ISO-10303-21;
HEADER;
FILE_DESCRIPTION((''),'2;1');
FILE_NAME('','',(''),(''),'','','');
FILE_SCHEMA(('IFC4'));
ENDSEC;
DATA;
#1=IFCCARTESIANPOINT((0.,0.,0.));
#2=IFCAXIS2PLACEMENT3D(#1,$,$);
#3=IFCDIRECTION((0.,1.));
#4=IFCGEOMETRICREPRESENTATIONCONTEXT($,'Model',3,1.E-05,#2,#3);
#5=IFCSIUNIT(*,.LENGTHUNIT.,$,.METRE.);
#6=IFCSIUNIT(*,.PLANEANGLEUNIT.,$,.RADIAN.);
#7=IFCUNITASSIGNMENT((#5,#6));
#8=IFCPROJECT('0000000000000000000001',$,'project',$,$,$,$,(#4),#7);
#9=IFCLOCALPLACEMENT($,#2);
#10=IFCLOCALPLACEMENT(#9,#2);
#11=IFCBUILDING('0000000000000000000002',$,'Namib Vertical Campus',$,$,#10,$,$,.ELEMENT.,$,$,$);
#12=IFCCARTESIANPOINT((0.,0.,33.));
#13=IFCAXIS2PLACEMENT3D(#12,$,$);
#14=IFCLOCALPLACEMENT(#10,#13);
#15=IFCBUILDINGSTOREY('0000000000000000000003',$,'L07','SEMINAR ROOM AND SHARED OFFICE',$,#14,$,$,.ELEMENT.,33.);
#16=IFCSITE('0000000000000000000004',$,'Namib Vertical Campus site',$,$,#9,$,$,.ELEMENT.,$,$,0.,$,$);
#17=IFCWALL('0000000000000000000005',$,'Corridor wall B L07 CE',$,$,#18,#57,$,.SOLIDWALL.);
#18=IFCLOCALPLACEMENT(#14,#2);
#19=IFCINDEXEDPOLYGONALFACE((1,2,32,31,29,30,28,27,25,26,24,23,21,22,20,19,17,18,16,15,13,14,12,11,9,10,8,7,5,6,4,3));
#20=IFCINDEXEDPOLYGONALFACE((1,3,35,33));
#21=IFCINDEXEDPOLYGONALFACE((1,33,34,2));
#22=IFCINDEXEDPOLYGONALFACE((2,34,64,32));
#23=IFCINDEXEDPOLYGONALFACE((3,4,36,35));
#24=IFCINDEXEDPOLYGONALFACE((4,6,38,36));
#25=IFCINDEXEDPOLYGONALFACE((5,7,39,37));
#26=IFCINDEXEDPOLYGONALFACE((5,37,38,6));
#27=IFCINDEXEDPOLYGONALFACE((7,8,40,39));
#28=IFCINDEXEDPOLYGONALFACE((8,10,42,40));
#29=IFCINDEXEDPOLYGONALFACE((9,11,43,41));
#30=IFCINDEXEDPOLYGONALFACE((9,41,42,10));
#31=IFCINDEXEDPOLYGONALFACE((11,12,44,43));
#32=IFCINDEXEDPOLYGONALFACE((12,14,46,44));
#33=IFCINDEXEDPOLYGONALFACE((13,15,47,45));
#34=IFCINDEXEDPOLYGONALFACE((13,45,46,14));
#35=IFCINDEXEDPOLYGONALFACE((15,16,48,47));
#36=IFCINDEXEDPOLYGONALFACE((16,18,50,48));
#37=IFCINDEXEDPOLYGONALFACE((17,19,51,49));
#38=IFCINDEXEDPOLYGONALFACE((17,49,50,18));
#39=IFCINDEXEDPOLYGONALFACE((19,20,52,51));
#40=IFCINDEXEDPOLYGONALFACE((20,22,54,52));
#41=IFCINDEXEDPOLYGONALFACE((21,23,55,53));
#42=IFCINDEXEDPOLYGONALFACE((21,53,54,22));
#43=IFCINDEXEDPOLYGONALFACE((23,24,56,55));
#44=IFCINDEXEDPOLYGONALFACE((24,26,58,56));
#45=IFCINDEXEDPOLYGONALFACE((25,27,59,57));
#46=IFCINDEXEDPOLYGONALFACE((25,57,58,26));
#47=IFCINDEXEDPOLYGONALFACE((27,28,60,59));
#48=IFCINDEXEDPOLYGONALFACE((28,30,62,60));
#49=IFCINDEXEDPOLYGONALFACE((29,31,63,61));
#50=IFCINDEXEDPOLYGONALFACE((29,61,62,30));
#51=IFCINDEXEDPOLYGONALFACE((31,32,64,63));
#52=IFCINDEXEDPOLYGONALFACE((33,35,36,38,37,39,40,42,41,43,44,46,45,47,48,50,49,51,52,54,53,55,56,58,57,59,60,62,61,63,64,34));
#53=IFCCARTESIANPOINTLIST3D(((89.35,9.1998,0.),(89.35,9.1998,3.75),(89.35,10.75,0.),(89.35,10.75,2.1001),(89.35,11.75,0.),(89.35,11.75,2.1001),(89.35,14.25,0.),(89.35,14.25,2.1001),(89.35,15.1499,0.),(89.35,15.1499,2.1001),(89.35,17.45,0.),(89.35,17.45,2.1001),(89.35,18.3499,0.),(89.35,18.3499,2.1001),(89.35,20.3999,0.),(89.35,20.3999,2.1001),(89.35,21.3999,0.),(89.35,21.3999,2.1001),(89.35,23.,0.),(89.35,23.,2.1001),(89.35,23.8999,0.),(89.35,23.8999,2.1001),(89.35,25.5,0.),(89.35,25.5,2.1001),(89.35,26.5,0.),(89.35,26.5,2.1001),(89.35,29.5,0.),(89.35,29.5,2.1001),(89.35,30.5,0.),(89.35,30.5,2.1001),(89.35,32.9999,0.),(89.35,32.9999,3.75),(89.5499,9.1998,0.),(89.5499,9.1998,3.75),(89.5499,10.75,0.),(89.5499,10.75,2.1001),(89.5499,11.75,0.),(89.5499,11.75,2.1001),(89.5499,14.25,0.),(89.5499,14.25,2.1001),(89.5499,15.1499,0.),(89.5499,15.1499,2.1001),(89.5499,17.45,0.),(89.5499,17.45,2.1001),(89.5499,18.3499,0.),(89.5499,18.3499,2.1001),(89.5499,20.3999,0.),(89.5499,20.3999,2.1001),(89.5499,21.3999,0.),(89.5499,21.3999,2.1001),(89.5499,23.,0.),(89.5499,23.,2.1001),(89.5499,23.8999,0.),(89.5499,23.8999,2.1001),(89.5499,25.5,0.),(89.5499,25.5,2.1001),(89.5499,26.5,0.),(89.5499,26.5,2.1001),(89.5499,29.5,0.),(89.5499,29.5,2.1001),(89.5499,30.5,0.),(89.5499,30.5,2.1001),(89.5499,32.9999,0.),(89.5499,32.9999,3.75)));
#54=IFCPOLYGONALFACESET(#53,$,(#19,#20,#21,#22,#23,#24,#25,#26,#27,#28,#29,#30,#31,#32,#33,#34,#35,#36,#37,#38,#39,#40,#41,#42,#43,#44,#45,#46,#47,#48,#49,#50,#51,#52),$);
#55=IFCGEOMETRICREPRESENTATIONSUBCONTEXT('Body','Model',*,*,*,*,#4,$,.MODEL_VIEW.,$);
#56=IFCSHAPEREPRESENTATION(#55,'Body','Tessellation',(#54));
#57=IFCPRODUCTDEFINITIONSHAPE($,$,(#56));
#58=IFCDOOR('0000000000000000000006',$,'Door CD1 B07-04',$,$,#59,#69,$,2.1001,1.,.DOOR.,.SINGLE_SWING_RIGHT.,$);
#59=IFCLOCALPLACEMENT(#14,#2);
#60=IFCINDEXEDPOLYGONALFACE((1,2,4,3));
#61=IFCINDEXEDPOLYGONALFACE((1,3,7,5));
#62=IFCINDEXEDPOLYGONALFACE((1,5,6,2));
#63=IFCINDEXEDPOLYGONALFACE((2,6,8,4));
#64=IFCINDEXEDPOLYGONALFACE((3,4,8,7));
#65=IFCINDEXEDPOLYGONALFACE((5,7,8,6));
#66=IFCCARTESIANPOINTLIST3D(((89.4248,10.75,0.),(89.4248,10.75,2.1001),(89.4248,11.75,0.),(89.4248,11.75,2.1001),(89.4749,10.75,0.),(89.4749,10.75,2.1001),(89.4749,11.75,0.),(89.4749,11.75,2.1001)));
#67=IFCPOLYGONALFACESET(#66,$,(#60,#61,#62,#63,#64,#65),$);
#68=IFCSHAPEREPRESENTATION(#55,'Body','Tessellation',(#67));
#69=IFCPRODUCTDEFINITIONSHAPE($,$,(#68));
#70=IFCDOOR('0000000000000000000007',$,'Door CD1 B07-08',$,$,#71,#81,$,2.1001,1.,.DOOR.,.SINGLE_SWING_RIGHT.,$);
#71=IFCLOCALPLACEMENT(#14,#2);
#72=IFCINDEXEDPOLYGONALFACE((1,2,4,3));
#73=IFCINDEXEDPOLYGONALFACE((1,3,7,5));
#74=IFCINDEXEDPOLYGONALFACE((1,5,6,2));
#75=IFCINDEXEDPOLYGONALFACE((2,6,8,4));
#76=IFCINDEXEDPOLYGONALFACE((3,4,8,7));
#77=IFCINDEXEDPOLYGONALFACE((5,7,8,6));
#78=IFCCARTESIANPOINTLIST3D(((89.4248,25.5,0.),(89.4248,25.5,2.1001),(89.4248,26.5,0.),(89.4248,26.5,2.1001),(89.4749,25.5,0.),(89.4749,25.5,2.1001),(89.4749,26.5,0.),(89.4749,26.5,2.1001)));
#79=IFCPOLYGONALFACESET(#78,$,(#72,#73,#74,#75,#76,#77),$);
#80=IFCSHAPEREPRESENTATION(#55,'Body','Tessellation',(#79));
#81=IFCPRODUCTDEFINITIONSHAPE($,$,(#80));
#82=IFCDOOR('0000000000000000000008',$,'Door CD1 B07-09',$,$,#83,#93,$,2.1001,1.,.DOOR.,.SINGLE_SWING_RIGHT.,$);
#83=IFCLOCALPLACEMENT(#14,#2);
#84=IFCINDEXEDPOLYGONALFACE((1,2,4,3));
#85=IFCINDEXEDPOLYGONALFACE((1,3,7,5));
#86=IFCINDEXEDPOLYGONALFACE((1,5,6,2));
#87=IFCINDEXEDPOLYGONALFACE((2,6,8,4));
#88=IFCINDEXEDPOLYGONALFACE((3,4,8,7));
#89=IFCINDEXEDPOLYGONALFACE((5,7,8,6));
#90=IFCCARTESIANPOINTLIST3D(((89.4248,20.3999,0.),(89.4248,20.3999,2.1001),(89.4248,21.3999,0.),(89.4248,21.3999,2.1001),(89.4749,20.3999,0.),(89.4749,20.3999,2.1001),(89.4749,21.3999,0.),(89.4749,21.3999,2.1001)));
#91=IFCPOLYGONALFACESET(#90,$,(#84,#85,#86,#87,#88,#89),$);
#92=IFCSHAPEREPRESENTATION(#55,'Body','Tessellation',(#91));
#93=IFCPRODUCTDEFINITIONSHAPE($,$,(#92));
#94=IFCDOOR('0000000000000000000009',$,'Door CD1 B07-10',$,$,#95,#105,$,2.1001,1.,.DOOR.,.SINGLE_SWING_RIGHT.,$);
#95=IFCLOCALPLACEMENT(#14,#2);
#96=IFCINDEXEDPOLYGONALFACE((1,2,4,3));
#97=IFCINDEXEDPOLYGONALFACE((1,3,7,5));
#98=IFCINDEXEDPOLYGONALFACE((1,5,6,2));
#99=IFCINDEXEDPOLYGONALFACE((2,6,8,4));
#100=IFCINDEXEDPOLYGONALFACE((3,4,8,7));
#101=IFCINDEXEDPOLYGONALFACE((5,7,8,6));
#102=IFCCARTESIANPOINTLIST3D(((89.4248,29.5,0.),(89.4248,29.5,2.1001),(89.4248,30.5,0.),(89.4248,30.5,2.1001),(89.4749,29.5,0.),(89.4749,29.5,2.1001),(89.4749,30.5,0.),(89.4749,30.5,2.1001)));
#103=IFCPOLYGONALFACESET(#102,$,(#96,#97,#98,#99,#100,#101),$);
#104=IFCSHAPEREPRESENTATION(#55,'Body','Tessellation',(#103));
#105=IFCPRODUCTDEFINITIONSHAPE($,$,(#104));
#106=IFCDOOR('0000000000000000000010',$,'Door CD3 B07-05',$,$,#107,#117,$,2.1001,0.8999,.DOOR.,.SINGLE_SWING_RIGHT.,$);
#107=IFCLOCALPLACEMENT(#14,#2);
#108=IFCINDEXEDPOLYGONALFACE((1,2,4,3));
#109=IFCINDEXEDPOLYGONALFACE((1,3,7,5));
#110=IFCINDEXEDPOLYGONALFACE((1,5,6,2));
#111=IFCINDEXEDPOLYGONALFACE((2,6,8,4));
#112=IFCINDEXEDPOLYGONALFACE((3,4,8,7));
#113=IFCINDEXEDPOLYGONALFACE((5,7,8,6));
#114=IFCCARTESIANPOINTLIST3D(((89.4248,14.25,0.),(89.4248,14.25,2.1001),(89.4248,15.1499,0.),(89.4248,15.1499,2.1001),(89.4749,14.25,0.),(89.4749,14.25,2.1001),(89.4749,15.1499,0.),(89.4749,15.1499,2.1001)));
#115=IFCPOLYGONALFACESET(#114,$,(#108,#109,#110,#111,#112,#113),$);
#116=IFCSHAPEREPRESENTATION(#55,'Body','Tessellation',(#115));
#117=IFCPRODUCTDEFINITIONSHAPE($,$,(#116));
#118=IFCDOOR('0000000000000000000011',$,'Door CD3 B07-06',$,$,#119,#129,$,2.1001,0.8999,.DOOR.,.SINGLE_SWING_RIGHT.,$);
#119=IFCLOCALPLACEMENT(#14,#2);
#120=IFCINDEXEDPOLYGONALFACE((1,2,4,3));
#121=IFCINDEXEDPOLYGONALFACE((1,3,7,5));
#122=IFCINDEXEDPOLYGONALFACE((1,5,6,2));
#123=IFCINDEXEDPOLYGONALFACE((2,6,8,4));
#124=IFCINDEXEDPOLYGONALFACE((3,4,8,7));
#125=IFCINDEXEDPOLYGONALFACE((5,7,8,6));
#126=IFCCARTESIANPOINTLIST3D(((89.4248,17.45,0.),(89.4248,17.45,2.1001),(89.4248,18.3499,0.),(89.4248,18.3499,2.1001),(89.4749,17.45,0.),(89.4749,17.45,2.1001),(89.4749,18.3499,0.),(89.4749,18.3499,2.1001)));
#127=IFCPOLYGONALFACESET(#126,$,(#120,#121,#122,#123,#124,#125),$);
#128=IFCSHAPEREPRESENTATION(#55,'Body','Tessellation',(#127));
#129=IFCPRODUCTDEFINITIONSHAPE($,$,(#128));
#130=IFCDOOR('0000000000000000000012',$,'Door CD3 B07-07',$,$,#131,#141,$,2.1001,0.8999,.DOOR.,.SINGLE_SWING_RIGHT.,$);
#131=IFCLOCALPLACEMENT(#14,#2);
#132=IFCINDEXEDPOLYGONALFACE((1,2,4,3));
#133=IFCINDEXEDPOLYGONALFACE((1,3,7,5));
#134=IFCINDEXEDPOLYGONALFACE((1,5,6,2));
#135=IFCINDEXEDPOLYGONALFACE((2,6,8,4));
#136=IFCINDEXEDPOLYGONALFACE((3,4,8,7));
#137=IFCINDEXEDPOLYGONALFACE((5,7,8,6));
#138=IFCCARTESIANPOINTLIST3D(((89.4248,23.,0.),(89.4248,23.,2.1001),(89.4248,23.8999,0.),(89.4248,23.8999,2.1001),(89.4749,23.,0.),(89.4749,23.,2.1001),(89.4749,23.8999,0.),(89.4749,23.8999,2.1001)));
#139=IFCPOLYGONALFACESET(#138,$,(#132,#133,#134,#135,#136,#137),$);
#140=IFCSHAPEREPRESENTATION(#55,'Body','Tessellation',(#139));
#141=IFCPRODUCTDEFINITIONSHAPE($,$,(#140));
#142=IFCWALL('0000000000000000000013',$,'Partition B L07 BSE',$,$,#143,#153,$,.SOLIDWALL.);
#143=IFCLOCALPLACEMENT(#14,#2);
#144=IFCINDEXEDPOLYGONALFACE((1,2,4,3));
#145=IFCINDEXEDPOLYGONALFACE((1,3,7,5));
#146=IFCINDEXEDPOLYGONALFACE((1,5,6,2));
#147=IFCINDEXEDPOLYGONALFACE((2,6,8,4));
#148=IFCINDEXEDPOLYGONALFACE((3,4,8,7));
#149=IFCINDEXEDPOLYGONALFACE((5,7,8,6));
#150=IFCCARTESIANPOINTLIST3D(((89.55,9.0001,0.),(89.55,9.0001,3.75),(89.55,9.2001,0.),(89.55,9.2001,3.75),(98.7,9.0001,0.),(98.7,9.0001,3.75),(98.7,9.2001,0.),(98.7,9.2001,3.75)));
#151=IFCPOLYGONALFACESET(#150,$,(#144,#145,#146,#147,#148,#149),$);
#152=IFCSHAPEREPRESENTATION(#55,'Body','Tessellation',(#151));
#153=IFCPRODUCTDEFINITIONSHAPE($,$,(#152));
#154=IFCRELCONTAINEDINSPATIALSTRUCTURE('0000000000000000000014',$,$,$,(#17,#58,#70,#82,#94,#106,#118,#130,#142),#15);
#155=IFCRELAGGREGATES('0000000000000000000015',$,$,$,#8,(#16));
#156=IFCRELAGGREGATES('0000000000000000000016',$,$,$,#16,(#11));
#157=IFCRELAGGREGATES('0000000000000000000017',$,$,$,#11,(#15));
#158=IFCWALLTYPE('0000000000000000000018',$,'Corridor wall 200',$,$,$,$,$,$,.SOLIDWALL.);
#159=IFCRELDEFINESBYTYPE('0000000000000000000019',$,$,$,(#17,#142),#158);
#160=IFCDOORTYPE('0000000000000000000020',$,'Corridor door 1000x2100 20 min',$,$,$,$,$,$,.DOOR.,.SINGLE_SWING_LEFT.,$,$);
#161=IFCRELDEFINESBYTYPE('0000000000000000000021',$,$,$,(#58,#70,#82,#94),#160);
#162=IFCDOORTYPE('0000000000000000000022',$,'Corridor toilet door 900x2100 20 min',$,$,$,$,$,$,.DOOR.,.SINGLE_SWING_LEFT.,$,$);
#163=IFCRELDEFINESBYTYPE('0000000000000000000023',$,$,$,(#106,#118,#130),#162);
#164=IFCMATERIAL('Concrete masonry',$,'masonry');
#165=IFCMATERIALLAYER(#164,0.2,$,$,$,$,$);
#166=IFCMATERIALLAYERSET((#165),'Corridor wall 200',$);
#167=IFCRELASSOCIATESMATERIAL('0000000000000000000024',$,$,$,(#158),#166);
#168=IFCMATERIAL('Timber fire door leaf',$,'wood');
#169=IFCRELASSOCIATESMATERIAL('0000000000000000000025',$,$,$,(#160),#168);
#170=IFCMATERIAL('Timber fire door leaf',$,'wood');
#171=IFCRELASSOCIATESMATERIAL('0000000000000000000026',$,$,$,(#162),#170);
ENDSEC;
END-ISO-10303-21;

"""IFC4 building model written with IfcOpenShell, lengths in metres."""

from ifc_helpers import new_model, si_unit, direction, frame, frame_2d, origin, place, context, subcontext, project, spatial, rectangle, extrude, material, layer, layer_set, type_object, element, fill, save


model = new_model("IFC4")

# Units and contexts
model_context = context("Model", 3, precision=1e-05, world=origin(), true_north=direction((0.0, 1.0)))
body_context = subcontext(model_context, "Body", "Model", "MODEL_VIEW")
ifc_project = project(units=[si_unit("LENGTHUNIT", "METRE"), si_unit("PLANEANGLEUNIT", "RADIAN")], contexts=[model_context])

# Site, building, storey
site_placement = place(None, origin())
site = spatial("IfcSite", under=ifc_project, at=site_placement, Name="Namib Vertical Campus site", CompositionType="ELEMENT", RefElevation=0.0)
building_placement = place(site_placement, origin())
building = spatial("IfcBuilding", under=site, at=building_placement, Name="Namib Vertical Campus", CompositionType="ELEMENT")
storey_placement = place(building_placement, frame((0.0, 0.0, 33.0)))
storey = spatial("IfcBuildingStorey", under=building, at=storey_placement, Name="L07", Description="SEMINAR ROOM AND SHARED OFFICE", CompositionType="ELEMENT", Elevation=33.0)

# Wall, openings, doors
ifc_material_1 = material(Name="Concrete masonry", Category="masonry")
ifc_layer_1 = layer(ifc_material_1, 0.2)
ifc_layer_set_1 = layer_set([ifc_layer_1], Name="Corridor wall 200")
wall_type_1 = type_object("IfcWallType", Name="Corridor wall 200", PredefinedType="SOLIDWALL", material=ifc_layer_set_1)
wall_1_placement = place(storey_placement, frame((89.45, 9.2, 0.0), z_axis=(0.0, 0.0, 1.0), x_axis=(0.0, 1.0, 0.0)))
wall_1 = element("IfcWall", 1, at=wall_1_placement, inside=storey, type_object=wall_type_1, Name="Corridor wall B L07 CE", PredefinedType="SOLIDWALL", context=body_context, shape_type="SweptSolid", body=[
    extrude(rectangle(XDim=23.8, YDim=0.2, at=frame_2d((11.8999, 0.0))), origin(), (0.0, 0.0, 1.0), 3.75),
])
opening_1_placement = place(wall_1_placement, frame((1.55, 0.0, 0.0)))
opening_1 = element("IfcOpeningElement", 2, at=opening_1_placement, cuts=wall_1, PredefinedType="OPENING", context=body_context, shape_type="SweptSolid", body=[
    extrude(rectangle(XDim=1.0, YDim=2.1001, at=frame_2d((0.5, 1.05))), frame((0.0, 0.1099, 0.0), z_axis=(0.0, -1.0, 0.0), x_axis=(1.0, 0.0, 0.0)), (0.0, 0.0, 1.0), 0.22),
])
opening_2_placement = place(wall_1_placement, frame((5.05, 0.0, 0.0)))
opening_2 = element("IfcOpeningElement", 3, at=opening_2_placement, cuts=wall_1, PredefinedType="OPENING", context=body_context, shape_type="SweptSolid", body=[
    extrude(rectangle(XDim=0.8999, YDim=2.1001, at=frame_2d((0.45, 1.05))), frame((0.0, 0.1099, 0.0), z_axis=(0.0, -1.0, 0.0), x_axis=(1.0, 0.0, 0.0)), (0.0, 0.0, 1.0), 0.22),
])
opening_3_placement = place(wall_1_placement, frame((8.25, 0.0, 0.0)))
opening_3 = element("IfcOpeningElement", 4, at=opening_3_placement, cuts=wall_1, PredefinedType="OPENING", context=body_context, shape_type="SweptSolid", body=[
    extrude(rectangle(XDim=0.8999, YDim=2.1001, at=frame_2d((0.45, 1.05))), frame((0.0, 0.1099, 0.0), z_axis=(0.0, -1.0, 0.0), x_axis=(1.0, 0.0, 0.0)), (0.0, 0.0, 1.0), 0.22),
])
opening_4_placement = place(wall_1_placement, frame((13.8, 0.0, 0.0)))
opening_4 = element("IfcOpeningElement", 5, at=opening_4_placement, cuts=wall_1, PredefinedType="OPENING", context=body_context, shape_type="SweptSolid", body=[
    extrude(rectangle(XDim=0.8999, YDim=2.1001, at=frame_2d((0.45, 1.05))), frame((0.0, 0.1099, 0.0), z_axis=(0.0, -1.0, 0.0), x_axis=(1.0, 0.0, 0.0)), (0.0, 0.0, 1.0), 0.22),
])
opening_5_placement = place(wall_1_placement, frame((16.3, 0.0, 0.0)))
opening_5 = element("IfcOpeningElement", 6, at=opening_5_placement, cuts=wall_1, PredefinedType="OPENING", context=body_context, shape_type="SweptSolid", body=[
    extrude(rectangle(XDim=1.0, YDim=2.1001, at=frame_2d((0.5, 1.05))), frame((0.0, 0.1099, 0.0), z_axis=(0.0, -1.0, 0.0), x_axis=(1.0, 0.0, 0.0)), (0.0, 0.0, 1.0), 0.22),
])
opening_6_placement = place(wall_1_placement, frame((11.2, 0.0, 0.0)))
opening_6 = element("IfcOpeningElement", 7, at=opening_6_placement, cuts=wall_1, PredefinedType="OPENING", context=body_context, shape_type="SweptSolid", body=[
    extrude(rectangle(XDim=1.0, YDim=2.1001, at=frame_2d((0.5, 1.05))), frame((0.0, 0.1099, 0.0), z_axis=(0.0, -1.0, 0.0), x_axis=(1.0, 0.0, 0.0)), (0.0, 0.0, 1.0), 0.22),
])
opening_7_placement = place(wall_1_placement, frame((20.3, 0.0, 0.0)))
opening_7 = element("IfcOpeningElement", 8, at=opening_7_placement, cuts=wall_1, PredefinedType="OPENING", context=body_context, shape_type="SweptSolid", body=[
    extrude(rectangle(XDim=1.0, YDim=2.1001, at=frame_2d((0.5, 1.05))), frame((0.0, 0.1099, 0.0), z_axis=(0.0, -1.0, 0.0), x_axis=(1.0, 0.0, 0.0)), (0.0, 0.0, 1.0), 0.22),
])
ifc_material_2 = material(Name="Timber fire door leaf", Category="wood")
door_type_1 = type_object("IfcDoorType", Name="Corridor door 1000x2100 20 min", OperationType="SINGLE_SWING_LEFT", PredefinedType="DOOR", material=ifc_material_2)
door_1_placement = place(opening_1_placement, frame((1.0, 0.0, 0.0), z_axis=(0.0, 0.0, 1.0), x_axis=(-1.0, 0.0, 0.0)))
door_1 = element("IfcDoor", 9, at=door_1_placement, inside=storey, type_object=door_type_1, Name="Door CD1 B07-04", OperationType="SINGLE_SWING_RIGHT", OverallHeight=2.1001, OverallWidth=1.0, PredefinedType="DOOR", context=body_context, shape_type="SweptSolid", body=[
    extrude(rectangle(XDim=1.0, YDim=2.1001, at=frame_2d((0.5, 1.05))), frame((0.0, 0.0249, 0.0), z_axis=(0.0, -1.0, 0.0), x_axis=(1.0, 0.0, 0.0)), (0.0, 0.0, 1.0), 0.05),
])
fill(opening_1, door_1)
door_2_placement = place(opening_5_placement, frame((1.0, 0.0, 0.0), z_axis=(0.0, 0.0, 1.0), x_axis=(-1.0, 0.0, 0.0)))
door_2 = element("IfcDoor", 10, at=door_2_placement, inside=storey, type_object=door_type_1, Name="Door CD1 B07-08", OperationType="SINGLE_SWING_RIGHT", OverallHeight=2.1001, OverallWidth=1.0, PredefinedType="DOOR", context=body_context, shape_type="SweptSolid", body=[
    extrude(rectangle(XDim=1.0, YDim=2.1001, at=frame_2d((0.5, 1.05))), frame((0.0, 0.0249, 0.0), z_axis=(0.0, -1.0, 0.0), x_axis=(1.0, 0.0, 0.0)), (0.0, 0.0, 1.0), 0.05),
])
fill(opening_5, door_2)
door_3_placement = place(opening_6_placement, frame((1.0, 0.0, 0.0), z_axis=(0.0, 0.0, 1.0), x_axis=(-1.0, 0.0, 0.0)))
door_3 = element("IfcDoor", 11, at=door_3_placement, inside=storey, type_object=door_type_1, Name="Door CD1 B07-09", OperationType="SINGLE_SWING_RIGHT", OverallHeight=2.1001, OverallWidth=1.0, PredefinedType="DOOR", context=body_context, shape_type="SweptSolid", body=[
    extrude(rectangle(XDim=1.0, YDim=2.1001, at=frame_2d((0.5, 1.05))), frame((0.0, 0.0249, 0.0), z_axis=(0.0, -1.0, 0.0), x_axis=(1.0, 0.0, 0.0)), (0.0, 0.0, 1.0), 0.05),
])
fill(opening_6, door_3)
door_4_placement = place(opening_7_placement, frame((1.0, 0.0, 0.0), z_axis=(0.0, 0.0, 1.0), x_axis=(-1.0, 0.0, 0.0)))
door_4 = element("IfcDoor", 12, at=door_4_placement, inside=storey, type_object=door_type_1, Name="Door CD1 B07-10", OperationType="SINGLE_SWING_RIGHT", OverallHeight=2.1001, OverallWidth=1.0, PredefinedType="DOOR", context=body_context, shape_type="SweptSolid", body=[
    extrude(rectangle(XDim=1.0, YDim=2.1001, at=frame_2d((0.5, 1.05))), frame((0.0, 0.0249, 0.0), z_axis=(0.0, -1.0, 0.0), x_axis=(1.0, 0.0, 0.0)), (0.0, 0.0, 1.0), 0.05),
])
fill(opening_7, door_4)
ifc_material_3 = material(Name="Timber fire door leaf", Category="wood")
door_type_2 = type_object("IfcDoorType", Name="Corridor toilet door 900x2100 20 min", OperationType="SINGLE_SWING_LEFT", PredefinedType="DOOR", material=ifc_material_3)
door_5_placement = place(opening_2_placement, frame((0.8999, 0.0, 0.0), z_axis=(0.0, 0.0, 1.0), x_axis=(-1.0, 0.0, 0.0)))
door_5 = element("IfcDoor", 13, at=door_5_placement, inside=storey, type_object=door_type_2, Name="Door CD3 B07-05", OperationType="SINGLE_SWING_RIGHT", OverallHeight=2.1001, OverallWidth=0.8999, PredefinedType="DOOR", context=body_context, shape_type="SweptSolid", body=[
    extrude(rectangle(XDim=0.8999, YDim=2.1001, at=frame_2d((0.45, 1.05))), frame((0.0, 0.0249, 0.0), z_axis=(0.0, -1.0, 0.0), x_axis=(1.0, 0.0, 0.0)), (0.0, 0.0, 1.0), 0.05),
])
fill(opening_2, door_5)
door_6_placement = place(opening_3_placement, frame((0.8999, 0.0, 0.0), z_axis=(0.0, 0.0, 1.0), x_axis=(-1.0, 0.0, 0.0)))
door_6 = element("IfcDoor", 14, at=door_6_placement, inside=storey, type_object=door_type_2, Name="Door CD3 B07-06", OperationType="SINGLE_SWING_RIGHT", OverallHeight=2.1001, OverallWidth=0.8999, PredefinedType="DOOR", context=body_context, shape_type="SweptSolid", body=[
    extrude(rectangle(XDim=0.8999, YDim=2.1001, at=frame_2d((0.45, 1.05))), frame((0.0, 0.0249, 0.0), z_axis=(0.0, -1.0, 0.0), x_axis=(1.0, 0.0, 0.0)), (0.0, 0.0, 1.0), 0.05),
])
fill(opening_3, door_6)
door_7_placement = place(opening_4_placement, frame((0.8999, 0.0, 0.0), z_axis=(0.0, 0.0, 1.0), x_axis=(-1.0, 0.0, 0.0)))
door_7 = element("IfcDoor", 15, at=door_7_placement, inside=storey, type_object=door_type_2, Name="Door CD3 B07-07", OperationType="SINGLE_SWING_RIGHT", OverallHeight=2.1001, OverallWidth=0.8999, PredefinedType="DOOR", context=body_context, shape_type="SweptSolid", body=[
    extrude(rectangle(XDim=0.8999, YDim=2.1001, at=frame_2d((0.45, 1.05))), frame((0.0, 0.0249, 0.0), z_axis=(0.0, -1.0, 0.0), x_axis=(1.0, 0.0, 0.0)), (0.0, 0.0, 1.0), 0.05),
])
fill(opening_4, door_7)

# Wall
wall_2_placement = place(storey_placement, frame((89.55, 9.1001, 0.0), z_axis=(0.0, 0.0, 1.0), x_axis=(1.0, 0.0, 0.0)))
element("IfcWall", 16, at=wall_2_placement, inside=storey, type_object=wall_type_1, Name="Partition B L07 BSE", PredefinedType="SOLIDWALL", context=body_context, shape_type="SweptSolid", body=[
    extrude(rectangle(XDim=9.1499, YDim=0.2, at=frame_2d((4.575, 0.0))), origin(), (0.0, 0.0, 1.0), 3.75),
])

save(model, "model.ifc")
